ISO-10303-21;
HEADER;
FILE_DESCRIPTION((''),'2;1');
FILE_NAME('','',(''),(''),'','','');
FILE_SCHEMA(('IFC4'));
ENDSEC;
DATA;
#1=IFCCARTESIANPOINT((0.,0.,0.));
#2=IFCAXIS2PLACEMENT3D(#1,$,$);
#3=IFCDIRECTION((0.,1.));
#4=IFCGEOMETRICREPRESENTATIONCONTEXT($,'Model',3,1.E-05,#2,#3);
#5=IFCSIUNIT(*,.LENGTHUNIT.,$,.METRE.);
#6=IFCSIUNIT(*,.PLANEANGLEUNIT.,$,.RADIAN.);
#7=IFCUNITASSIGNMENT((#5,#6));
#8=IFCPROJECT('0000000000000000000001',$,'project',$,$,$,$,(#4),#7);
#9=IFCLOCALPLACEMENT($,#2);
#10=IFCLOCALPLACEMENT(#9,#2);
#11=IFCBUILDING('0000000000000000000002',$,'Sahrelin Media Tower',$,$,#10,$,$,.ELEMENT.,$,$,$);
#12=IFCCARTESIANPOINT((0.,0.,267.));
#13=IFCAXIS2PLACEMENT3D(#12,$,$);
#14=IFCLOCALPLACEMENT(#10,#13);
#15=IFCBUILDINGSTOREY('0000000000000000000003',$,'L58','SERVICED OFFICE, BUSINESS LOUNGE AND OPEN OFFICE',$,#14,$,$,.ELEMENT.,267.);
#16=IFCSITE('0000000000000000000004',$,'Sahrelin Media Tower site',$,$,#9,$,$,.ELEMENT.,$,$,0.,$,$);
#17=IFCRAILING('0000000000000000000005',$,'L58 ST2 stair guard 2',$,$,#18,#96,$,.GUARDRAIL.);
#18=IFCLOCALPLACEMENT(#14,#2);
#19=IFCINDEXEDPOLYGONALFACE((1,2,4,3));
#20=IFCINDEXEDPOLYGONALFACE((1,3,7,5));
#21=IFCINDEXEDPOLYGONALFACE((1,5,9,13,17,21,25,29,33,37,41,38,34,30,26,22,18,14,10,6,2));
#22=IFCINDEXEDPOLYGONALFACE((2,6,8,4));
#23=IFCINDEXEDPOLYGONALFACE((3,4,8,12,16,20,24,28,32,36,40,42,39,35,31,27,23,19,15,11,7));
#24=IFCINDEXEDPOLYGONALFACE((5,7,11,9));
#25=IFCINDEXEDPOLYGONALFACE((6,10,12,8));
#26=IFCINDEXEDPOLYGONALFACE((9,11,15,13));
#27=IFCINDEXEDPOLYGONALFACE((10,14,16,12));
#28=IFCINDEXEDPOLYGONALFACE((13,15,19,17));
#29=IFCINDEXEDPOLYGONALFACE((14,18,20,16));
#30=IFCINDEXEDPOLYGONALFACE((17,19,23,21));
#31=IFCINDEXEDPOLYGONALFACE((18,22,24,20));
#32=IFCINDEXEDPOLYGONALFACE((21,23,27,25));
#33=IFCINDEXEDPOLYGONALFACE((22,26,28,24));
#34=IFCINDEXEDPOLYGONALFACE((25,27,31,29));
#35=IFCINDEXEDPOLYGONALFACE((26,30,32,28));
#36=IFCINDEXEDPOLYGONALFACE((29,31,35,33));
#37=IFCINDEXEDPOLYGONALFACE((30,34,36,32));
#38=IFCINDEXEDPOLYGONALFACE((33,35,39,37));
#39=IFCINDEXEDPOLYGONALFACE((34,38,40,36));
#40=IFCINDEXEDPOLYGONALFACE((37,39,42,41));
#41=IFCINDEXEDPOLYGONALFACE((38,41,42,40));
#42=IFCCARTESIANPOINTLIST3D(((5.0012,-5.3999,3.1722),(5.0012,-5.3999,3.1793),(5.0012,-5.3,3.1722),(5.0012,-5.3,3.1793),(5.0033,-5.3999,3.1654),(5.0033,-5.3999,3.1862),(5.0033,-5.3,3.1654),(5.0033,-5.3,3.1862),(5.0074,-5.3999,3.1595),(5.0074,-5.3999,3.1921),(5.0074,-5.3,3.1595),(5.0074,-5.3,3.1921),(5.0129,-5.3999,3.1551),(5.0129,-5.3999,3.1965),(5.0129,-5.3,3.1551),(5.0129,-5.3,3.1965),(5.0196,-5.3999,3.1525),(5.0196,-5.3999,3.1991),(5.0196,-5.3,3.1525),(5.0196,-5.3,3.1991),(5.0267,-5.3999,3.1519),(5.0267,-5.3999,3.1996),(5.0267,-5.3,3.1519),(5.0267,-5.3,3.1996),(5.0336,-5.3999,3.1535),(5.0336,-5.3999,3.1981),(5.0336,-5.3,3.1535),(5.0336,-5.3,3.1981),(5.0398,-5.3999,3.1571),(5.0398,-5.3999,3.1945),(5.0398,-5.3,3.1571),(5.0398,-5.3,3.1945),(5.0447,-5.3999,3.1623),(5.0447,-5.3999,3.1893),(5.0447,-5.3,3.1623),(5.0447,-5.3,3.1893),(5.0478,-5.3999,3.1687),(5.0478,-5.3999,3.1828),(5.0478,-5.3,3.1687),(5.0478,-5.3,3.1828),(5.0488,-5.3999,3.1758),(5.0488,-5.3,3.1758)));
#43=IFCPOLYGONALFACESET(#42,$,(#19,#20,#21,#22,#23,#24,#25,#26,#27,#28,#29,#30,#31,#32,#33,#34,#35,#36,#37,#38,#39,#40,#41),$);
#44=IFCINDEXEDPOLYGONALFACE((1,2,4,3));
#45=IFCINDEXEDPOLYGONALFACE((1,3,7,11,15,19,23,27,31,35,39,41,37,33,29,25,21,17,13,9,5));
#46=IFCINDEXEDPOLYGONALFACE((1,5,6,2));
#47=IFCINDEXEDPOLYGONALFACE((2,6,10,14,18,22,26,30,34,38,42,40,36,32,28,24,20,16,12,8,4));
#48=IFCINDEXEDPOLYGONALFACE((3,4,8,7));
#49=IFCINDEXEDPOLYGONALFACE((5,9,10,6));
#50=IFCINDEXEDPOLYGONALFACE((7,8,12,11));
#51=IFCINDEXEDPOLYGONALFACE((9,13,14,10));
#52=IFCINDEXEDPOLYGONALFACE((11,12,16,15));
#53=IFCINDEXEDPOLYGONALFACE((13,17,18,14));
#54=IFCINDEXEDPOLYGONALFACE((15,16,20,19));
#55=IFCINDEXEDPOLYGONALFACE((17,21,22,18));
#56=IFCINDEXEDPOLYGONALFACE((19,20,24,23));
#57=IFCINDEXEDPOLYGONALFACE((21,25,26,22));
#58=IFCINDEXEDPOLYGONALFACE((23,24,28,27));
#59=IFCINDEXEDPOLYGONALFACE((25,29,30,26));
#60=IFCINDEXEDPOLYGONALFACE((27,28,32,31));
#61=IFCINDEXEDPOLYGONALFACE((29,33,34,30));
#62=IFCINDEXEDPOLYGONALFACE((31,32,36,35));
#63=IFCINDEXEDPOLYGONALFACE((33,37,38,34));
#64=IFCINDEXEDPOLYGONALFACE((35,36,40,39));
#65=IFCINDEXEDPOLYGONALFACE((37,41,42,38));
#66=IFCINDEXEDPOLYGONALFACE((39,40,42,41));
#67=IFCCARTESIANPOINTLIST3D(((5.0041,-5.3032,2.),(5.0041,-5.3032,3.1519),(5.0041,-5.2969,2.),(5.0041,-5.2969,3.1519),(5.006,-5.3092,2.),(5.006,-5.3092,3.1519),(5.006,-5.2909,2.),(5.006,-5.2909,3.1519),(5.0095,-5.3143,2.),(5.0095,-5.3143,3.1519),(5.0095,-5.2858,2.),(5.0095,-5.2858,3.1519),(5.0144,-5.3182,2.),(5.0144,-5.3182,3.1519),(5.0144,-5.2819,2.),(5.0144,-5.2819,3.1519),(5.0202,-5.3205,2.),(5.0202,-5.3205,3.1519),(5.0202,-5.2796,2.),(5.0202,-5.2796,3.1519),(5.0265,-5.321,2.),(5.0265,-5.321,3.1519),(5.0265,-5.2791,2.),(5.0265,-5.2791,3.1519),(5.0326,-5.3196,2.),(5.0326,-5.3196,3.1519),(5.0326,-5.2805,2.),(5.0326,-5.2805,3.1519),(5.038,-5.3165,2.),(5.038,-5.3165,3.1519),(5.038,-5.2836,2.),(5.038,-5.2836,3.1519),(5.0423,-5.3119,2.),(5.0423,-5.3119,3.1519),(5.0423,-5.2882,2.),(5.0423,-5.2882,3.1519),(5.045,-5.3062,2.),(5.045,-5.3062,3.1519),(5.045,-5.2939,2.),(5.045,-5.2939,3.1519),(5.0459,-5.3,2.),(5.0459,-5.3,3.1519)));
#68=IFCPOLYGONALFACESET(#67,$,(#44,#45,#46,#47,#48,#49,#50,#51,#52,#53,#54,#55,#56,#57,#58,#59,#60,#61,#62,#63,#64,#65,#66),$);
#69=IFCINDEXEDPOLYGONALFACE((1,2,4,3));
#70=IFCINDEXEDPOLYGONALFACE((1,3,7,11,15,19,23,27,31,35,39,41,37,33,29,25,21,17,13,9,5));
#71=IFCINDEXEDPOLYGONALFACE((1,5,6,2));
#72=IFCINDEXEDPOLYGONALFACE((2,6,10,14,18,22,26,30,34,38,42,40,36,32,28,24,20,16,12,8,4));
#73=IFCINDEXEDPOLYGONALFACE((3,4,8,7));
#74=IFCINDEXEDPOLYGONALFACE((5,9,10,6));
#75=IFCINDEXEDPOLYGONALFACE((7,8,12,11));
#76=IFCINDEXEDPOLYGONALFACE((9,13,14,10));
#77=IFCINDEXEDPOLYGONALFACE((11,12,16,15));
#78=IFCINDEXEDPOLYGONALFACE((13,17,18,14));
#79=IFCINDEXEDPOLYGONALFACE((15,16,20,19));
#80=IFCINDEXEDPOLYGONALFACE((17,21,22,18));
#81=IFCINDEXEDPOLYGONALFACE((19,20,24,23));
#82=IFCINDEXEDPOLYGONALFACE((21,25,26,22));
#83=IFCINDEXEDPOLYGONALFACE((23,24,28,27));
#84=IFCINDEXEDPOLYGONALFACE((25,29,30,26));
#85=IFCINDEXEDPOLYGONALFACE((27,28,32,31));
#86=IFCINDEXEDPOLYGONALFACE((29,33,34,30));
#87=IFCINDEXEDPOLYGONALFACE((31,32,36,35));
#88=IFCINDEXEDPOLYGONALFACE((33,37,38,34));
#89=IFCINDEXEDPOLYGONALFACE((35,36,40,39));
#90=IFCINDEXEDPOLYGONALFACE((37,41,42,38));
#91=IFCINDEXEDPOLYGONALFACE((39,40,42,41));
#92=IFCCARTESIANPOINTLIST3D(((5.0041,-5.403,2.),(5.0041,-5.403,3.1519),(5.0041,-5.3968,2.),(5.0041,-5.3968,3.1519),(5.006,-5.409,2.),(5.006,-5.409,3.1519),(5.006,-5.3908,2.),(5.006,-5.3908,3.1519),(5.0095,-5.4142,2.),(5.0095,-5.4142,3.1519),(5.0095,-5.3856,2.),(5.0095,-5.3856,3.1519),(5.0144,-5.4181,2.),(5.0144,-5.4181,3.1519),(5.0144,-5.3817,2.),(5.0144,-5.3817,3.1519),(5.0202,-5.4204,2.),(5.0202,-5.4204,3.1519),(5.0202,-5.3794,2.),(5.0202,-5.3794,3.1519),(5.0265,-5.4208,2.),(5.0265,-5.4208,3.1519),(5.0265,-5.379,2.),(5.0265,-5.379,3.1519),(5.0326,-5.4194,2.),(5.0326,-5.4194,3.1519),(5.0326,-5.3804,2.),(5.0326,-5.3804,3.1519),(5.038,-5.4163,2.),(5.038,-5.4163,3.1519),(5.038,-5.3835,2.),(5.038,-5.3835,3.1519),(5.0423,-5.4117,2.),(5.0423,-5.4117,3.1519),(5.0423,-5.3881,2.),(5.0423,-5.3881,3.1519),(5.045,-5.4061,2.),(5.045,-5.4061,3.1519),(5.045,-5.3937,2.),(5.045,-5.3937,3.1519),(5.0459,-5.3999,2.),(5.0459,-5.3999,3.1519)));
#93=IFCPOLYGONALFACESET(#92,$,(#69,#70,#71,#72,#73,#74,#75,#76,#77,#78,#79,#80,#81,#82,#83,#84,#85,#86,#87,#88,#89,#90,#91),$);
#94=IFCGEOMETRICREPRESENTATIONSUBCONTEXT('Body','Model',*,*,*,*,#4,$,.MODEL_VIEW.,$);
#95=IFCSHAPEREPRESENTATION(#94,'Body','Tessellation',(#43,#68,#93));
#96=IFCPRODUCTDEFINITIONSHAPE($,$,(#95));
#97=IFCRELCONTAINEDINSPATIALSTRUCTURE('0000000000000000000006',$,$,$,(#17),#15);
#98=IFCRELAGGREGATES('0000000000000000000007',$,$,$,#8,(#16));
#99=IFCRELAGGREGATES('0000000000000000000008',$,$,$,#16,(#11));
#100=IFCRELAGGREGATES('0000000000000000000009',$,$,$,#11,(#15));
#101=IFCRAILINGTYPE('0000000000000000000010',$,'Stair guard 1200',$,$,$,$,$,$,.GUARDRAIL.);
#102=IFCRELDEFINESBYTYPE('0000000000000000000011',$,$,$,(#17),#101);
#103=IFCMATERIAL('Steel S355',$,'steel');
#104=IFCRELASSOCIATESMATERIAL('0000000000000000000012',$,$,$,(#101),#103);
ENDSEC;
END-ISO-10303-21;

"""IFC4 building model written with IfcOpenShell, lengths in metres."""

from ifc_helpers import new_model, si_unit, direction, frame, origin, origin_2d, place, context, subcontext, project, spatial, circle, extrude, material, type_object, element, save


model = new_model("IFC4")

# Units and contexts
model_context = context("Model", 3, precision=1e-05, world=origin(), true_north=direction((0.0, 1.0)))
body_context = subcontext(model_context, "Body", "Model", "MODEL_VIEW")
ifc_project = project(units=[si_unit("LENGTHUNIT", "METRE"), si_unit("PLANEANGLEUNIT", "RADIAN")], contexts=[model_context])

# Site, building, storey
site_placement = place(None, origin())
site = spatial("IfcSite", under=ifc_project, at=site_placement, Name="Sahrelin Media Tower site", CompositionType="ELEMENT", RefElevation=0.0)
building_placement = place(site_placement, origin())
building = spatial("IfcBuilding", under=site, at=building_placement, Name="Sahrelin Media Tower", CompositionType="ELEMENT")
storey_placement = place(building_placement, frame((0.0, 0.0, 267.0)))
storey = spatial("IfcBuildingStorey", under=building, at=storey_placement, Name="L58", Description="SERVICED OFFICE, BUSINESS LOUNGE AND OPEN OFFICE", CompositionType="ELEMENT", Elevation=267.0)

# Shared definitions
ifc_material_1 = material(Name="Steel S355", Category="steel")

# Railing
railing_type_1 = type_object("IfcRailingType", Name="Stair guard 1200", PredefinedType="GUARDRAIL", material=ifc_material_1)
railing_1_placement = place(storey_placement, frame((5.0249, -5.3, 2.0)))
element("IfcRailing", 1, at=railing_1_placement, inside=storey, type_object=railing_type_1, Name="L58 ST2 stair guard 2", PredefinedType="GUARDRAIL", context=body_context, shape_type="SweptSolid", body=[
    extrude(circle(Radius=0.0239, at=origin_2d()), frame((0.0, 0.0, 1.1758), z_axis=(0.0, -1.0, 0.0), x_axis=(1.0, 0.0, 0.0)), (0.0, 0.0, 1.0), 0.0999),
    extrude(circle(Radius=0.021, at=origin_2d()), origin(), (0.0, 0.0, 1.0), 1.1519),
    extrude(circle(Radius=0.021, at=origin_2d()), frame((0.0, -0.0999, 0.0)), (0.0, 0.0, 1.0), 1.1519),
])

save(model, "model.ifc")
